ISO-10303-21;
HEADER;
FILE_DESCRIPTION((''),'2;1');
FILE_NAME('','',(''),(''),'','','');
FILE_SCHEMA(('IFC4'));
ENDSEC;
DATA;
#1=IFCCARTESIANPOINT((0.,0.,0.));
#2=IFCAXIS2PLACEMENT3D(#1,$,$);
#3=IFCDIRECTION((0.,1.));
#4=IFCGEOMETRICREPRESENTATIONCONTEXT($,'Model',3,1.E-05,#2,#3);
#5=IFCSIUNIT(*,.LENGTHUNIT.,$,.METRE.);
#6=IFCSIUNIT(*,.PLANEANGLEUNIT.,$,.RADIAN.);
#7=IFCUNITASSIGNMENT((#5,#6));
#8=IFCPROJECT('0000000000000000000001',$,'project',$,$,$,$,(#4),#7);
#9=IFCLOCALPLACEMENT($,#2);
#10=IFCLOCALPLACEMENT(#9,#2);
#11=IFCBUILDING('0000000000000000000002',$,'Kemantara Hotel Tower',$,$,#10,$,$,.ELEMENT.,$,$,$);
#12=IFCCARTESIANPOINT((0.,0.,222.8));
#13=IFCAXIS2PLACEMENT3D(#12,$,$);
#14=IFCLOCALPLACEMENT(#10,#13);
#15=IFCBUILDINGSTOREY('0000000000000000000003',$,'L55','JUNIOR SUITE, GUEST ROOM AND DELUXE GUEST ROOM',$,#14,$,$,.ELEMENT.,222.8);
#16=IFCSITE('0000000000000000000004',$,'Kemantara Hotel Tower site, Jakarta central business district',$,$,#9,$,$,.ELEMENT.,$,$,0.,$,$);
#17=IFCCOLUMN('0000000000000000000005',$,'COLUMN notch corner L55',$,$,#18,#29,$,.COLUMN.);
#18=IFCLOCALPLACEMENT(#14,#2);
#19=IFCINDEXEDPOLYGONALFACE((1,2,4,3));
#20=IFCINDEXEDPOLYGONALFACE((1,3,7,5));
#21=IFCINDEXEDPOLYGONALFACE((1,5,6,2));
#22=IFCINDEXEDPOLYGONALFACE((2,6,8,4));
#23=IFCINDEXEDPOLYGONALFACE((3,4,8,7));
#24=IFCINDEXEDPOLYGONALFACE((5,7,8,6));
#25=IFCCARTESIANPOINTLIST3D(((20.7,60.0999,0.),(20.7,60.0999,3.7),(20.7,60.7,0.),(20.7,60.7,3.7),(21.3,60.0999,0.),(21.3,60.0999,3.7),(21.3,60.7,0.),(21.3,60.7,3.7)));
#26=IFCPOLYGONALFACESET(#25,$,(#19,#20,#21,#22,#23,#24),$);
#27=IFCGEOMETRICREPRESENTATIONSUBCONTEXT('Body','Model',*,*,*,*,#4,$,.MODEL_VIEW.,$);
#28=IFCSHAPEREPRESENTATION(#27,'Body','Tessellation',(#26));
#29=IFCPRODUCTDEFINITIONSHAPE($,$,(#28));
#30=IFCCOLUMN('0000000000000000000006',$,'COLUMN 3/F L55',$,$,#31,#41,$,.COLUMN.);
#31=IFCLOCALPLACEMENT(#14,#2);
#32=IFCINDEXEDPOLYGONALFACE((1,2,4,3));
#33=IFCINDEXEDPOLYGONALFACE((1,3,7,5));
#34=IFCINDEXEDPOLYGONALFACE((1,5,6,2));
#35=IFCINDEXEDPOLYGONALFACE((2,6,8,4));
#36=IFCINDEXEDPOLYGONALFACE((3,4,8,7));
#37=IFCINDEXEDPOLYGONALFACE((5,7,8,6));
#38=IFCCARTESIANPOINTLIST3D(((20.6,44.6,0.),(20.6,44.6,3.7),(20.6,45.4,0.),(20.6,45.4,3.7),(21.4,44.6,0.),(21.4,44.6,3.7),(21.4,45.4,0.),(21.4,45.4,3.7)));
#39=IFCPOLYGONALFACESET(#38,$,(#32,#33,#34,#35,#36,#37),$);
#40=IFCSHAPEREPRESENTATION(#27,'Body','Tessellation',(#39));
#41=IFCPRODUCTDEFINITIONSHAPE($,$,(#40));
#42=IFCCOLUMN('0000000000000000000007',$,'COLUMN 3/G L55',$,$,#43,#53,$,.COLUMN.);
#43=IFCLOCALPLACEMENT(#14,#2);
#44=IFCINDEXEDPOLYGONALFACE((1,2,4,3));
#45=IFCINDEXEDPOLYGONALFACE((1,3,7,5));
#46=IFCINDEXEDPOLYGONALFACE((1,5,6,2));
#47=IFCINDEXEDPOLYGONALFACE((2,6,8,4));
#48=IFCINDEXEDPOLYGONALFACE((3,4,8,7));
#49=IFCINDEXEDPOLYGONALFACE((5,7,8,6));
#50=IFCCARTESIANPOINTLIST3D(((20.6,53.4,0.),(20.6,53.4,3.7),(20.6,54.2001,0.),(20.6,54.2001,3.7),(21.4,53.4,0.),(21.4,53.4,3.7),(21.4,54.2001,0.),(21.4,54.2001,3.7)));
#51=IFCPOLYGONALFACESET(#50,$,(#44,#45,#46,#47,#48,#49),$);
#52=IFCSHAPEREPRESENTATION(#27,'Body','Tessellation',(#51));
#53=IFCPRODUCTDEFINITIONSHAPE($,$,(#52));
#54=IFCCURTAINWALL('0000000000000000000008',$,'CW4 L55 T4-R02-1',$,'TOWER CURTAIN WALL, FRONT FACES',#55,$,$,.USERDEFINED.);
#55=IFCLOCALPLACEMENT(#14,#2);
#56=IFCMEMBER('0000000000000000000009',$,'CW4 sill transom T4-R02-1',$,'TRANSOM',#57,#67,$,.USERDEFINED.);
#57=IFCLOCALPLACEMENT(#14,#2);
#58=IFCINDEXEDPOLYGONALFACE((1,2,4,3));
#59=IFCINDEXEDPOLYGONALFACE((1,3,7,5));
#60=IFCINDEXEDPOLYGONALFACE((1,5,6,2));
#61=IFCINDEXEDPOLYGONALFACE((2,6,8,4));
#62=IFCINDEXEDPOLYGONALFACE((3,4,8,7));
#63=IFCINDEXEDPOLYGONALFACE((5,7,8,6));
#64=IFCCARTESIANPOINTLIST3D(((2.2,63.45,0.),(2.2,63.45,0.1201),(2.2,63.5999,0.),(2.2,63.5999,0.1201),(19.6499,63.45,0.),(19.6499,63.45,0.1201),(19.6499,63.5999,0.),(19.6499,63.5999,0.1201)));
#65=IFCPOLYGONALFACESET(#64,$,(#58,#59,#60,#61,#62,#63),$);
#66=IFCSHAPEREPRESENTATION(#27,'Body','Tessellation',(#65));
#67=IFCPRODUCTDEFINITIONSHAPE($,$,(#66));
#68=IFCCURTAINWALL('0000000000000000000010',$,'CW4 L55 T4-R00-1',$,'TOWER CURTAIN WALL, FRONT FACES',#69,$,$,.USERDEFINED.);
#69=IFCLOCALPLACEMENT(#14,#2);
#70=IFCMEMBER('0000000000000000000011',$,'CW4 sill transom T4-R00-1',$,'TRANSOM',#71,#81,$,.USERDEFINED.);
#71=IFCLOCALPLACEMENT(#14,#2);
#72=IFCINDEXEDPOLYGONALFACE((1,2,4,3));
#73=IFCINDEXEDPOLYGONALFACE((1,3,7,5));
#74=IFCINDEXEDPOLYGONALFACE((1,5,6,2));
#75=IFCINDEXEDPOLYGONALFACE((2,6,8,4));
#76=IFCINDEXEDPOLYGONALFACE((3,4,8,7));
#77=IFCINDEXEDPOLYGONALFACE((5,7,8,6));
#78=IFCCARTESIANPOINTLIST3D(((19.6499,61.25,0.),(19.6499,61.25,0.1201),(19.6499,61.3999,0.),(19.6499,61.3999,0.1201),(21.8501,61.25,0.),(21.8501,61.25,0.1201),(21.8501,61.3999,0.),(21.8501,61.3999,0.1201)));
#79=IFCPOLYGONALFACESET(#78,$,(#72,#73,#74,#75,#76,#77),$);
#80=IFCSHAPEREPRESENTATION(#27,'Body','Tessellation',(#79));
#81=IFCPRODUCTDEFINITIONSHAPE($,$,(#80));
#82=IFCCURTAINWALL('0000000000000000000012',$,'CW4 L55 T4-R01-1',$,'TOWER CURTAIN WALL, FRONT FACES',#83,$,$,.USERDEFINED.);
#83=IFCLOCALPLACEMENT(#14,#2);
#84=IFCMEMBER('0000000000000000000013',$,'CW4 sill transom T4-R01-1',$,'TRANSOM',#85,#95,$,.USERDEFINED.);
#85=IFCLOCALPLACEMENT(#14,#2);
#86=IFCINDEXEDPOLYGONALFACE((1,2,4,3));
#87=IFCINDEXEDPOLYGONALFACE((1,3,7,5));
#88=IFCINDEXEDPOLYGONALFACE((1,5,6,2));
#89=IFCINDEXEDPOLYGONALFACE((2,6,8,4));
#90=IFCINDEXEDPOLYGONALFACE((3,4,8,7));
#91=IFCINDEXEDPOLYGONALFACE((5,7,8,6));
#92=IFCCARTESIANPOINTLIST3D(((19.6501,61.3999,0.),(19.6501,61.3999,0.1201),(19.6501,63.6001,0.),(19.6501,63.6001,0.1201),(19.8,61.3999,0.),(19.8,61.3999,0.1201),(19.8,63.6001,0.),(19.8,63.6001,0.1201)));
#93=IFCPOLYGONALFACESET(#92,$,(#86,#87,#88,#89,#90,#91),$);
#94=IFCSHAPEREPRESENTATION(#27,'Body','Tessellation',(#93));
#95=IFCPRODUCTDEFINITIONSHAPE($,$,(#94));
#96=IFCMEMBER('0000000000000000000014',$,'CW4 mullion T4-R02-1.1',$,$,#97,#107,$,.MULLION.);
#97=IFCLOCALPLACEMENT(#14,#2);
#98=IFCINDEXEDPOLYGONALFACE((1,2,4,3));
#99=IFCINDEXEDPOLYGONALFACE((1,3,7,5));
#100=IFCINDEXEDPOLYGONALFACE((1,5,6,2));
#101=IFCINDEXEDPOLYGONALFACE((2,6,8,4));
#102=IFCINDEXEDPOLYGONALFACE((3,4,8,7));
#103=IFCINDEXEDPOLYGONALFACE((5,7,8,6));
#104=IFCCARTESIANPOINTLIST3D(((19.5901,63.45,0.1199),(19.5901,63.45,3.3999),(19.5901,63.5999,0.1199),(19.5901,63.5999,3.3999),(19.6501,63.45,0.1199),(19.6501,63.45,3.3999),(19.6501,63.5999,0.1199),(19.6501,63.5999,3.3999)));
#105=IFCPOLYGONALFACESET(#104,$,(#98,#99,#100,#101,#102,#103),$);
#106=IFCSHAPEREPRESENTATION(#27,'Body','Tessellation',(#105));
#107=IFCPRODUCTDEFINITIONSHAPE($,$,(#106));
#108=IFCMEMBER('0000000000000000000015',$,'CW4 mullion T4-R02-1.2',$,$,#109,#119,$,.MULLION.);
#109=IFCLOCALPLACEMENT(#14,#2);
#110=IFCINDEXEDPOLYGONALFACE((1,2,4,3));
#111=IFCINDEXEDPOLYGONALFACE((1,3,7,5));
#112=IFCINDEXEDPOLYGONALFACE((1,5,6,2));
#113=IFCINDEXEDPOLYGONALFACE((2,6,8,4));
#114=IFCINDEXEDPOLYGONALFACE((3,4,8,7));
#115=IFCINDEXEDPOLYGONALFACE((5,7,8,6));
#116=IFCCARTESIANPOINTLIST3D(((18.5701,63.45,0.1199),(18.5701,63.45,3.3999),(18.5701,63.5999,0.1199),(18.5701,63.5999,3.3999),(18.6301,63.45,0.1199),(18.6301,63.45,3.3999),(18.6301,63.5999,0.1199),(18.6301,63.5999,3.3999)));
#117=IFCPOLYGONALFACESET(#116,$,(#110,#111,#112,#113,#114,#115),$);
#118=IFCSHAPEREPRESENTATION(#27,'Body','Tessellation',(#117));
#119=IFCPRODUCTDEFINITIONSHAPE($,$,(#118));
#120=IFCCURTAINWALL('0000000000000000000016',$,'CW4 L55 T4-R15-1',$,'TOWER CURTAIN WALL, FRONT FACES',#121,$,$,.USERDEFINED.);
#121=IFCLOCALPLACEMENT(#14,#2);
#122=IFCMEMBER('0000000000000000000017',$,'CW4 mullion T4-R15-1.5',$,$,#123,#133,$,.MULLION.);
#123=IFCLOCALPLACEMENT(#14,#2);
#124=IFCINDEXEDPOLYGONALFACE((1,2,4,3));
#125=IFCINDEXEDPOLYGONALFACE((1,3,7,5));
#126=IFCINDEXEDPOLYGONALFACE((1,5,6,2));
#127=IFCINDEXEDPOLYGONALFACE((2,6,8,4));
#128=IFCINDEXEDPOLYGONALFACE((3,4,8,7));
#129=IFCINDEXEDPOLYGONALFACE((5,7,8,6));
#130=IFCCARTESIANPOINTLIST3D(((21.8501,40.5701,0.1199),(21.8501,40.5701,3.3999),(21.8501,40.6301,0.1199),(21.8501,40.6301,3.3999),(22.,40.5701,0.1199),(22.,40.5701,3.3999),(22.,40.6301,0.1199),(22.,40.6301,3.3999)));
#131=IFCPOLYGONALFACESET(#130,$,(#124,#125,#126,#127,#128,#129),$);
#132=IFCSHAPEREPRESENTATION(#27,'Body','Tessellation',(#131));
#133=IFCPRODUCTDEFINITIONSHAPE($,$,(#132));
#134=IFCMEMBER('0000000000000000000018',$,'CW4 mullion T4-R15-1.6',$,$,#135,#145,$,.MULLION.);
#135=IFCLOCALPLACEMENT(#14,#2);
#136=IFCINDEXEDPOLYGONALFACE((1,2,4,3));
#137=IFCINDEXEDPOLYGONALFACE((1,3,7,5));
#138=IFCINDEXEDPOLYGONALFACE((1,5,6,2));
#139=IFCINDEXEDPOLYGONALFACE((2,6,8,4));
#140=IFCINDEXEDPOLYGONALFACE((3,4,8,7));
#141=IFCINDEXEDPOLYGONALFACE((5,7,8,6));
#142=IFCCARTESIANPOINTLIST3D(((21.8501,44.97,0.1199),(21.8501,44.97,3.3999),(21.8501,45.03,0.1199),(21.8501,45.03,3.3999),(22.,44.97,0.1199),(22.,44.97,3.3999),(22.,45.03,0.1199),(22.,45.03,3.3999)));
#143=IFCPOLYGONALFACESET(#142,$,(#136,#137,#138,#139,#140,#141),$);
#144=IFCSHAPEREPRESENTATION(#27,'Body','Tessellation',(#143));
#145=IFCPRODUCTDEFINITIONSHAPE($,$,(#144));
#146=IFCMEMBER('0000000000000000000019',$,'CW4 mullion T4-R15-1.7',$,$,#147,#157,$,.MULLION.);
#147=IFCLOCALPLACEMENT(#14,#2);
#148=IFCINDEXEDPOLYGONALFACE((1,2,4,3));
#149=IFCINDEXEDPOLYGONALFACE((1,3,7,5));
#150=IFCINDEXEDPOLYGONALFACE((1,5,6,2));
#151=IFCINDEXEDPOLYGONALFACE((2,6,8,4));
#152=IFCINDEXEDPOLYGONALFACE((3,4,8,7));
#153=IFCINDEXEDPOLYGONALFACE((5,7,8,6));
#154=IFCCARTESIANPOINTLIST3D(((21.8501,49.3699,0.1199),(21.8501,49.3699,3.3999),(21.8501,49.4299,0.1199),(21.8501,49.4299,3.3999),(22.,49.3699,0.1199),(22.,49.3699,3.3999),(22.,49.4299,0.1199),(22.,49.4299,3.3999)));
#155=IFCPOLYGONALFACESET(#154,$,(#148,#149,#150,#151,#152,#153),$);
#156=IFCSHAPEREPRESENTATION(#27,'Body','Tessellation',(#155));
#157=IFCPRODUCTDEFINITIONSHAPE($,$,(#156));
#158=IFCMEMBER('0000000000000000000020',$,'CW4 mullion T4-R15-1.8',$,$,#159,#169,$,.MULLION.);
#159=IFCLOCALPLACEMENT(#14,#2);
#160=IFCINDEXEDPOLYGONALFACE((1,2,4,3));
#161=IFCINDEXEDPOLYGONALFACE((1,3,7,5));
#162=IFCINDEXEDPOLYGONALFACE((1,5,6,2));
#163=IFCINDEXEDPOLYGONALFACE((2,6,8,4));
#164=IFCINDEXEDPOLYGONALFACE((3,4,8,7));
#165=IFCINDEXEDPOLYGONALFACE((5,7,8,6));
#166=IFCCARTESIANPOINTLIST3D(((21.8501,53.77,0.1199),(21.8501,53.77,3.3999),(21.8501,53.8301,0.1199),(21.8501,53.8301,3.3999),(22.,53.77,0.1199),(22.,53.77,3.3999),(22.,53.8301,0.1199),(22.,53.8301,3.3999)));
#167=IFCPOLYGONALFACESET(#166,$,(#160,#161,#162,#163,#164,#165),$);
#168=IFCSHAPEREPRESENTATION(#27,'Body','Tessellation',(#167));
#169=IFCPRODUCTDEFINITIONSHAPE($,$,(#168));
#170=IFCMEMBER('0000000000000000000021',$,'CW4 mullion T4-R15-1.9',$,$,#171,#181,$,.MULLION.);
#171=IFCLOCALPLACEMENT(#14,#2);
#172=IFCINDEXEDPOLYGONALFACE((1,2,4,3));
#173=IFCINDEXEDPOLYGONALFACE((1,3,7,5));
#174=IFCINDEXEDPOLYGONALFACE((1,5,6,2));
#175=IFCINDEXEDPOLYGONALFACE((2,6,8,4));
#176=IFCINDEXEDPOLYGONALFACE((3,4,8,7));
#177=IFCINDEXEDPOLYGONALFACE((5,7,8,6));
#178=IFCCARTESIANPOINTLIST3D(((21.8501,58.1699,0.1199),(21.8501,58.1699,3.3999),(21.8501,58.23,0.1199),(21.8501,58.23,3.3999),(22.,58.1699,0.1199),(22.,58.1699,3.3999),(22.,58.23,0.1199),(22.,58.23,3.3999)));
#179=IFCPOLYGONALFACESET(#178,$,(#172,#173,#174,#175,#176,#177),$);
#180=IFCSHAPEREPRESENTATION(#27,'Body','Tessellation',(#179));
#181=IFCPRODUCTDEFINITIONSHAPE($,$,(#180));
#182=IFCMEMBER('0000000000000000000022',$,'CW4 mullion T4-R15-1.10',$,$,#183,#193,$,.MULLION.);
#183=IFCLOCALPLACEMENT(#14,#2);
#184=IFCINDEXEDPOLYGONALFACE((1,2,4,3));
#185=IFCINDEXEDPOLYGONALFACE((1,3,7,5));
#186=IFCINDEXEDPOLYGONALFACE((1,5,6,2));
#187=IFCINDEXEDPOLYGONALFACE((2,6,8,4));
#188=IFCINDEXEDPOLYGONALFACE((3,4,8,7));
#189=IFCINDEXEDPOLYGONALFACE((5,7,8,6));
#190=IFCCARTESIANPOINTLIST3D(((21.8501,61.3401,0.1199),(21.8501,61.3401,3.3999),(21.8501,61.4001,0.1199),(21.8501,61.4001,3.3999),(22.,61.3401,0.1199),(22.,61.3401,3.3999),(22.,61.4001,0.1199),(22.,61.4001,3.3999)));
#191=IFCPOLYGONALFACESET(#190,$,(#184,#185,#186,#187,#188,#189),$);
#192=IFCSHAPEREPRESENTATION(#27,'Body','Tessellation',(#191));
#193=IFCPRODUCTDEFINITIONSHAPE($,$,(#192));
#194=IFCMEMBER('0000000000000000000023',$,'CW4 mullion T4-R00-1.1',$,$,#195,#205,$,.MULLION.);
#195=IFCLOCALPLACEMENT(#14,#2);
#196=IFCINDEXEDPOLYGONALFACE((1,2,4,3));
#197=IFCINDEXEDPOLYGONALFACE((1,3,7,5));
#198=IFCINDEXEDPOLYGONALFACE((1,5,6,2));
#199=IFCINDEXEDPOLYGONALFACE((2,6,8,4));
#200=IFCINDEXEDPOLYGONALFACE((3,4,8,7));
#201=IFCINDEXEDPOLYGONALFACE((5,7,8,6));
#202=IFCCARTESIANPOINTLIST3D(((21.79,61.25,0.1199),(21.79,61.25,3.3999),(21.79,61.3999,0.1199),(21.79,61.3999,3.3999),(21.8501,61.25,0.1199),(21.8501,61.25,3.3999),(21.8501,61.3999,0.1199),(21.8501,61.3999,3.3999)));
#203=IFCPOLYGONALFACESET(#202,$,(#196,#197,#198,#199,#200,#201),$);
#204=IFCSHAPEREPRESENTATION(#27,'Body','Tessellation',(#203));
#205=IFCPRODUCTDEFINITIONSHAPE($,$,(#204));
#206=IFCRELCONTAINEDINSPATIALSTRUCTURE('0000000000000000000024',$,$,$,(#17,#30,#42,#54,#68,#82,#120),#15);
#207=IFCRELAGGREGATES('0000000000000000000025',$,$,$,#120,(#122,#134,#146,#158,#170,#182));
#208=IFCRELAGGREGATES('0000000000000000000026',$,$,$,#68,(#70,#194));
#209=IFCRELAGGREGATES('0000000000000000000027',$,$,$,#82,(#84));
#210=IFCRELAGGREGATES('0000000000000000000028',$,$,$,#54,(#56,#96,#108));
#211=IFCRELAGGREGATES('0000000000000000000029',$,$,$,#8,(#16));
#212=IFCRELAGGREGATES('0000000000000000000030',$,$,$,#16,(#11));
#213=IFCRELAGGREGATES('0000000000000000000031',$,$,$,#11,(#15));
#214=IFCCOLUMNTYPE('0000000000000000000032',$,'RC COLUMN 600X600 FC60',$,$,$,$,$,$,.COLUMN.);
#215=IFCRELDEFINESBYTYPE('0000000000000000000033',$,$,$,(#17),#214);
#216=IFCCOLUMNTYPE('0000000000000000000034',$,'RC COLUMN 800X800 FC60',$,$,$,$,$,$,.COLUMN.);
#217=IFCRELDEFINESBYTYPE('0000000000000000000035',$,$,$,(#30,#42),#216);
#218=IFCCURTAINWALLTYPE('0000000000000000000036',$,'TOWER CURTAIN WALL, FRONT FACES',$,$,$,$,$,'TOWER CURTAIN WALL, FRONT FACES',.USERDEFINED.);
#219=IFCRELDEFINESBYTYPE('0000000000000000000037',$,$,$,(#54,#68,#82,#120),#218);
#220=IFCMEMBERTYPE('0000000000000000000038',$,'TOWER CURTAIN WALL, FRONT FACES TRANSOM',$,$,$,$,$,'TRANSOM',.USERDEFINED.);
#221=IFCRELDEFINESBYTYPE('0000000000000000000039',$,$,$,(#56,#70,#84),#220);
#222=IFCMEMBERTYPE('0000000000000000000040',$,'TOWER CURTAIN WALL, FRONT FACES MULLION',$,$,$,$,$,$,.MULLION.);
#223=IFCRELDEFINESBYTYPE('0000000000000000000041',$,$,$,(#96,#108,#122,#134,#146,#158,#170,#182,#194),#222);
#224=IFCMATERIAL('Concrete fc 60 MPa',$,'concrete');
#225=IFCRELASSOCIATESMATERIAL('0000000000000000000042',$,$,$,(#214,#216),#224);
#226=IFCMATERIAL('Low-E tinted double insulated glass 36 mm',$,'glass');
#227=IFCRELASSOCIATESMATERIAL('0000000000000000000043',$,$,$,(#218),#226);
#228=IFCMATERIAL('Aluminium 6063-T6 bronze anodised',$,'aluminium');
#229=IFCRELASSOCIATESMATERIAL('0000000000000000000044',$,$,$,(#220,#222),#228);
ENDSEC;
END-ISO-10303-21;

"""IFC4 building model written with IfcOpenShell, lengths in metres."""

from ifc_helpers import new_model, si_unit, direction, frame, origin, origin_2d, place, context, subcontext, project, spatial, rectangle, extrude, source, transform, mapped, material, material_profile, profile_set, type_object, element, aggregate, save


model = new_model("IFC4")

# Units and contexts
model_context = context("Model", 3, precision=1e-05, world=origin(), true_north=direction((0.0, 1.0)))
body_context = subcontext(model_context, "Body", "Model", "MODEL_VIEW")
ifc_project = project(units=[si_unit("LENGTHUNIT", "METRE"), si_unit("PLANEANGLEUNIT", "RADIAN")], contexts=[model_context])

# Site, building, storey
site_placement = place(None, origin())
site = spatial("IfcSite", under=ifc_project, at=site_placement, Name="Kemantara Hotel Tower site, Jakarta central business district", CompositionType="ELEMENT", RefElevation=0.0)
building_placement = place(site_placement, origin())
building = spatial("IfcBuilding", under=site, at=building_placement, Name="Kemantara Hotel Tower", CompositionType="ELEMENT")
storey_placement = place(building_placement, frame((0.0, 0.0, 222.8)))
storey = spatial("IfcBuildingStorey", under=building, at=storey_placement, Name="L55", Description="JUNIOR SUITE, GUEST ROOM AND DELUXE GUEST ROOM", CompositionType="ELEMENT", Elevation=222.8)

# Columns
ifc_material_1 = material(Name="Concrete fc 60 MPa", Category="concrete")
ifc_material_profile_1 = material_profile(ifc_material_1, rectangle(XDim=0.6001, YDim=0.6001, at=origin_2d()), Name="RC 600X600")
ifc_profile_set_1 = profile_set([ifc_material_profile_1], Name="Concrete fc 60 MPa")
column_type_1 = type_object("IfcColumnType", Name="RC COLUMN 600X600 FC60", PredefinedType="COLUMN", material=ifc_profile_set_1)
column_placement = place(storey_placement, frame((21.0, 60.3999, 0.0), z_axis=(0.0, 0.0, 1.0), x_axis=(1.0, 0.0, 0.0)))
element("IfcColumn", 1, at=column_placement, inside=storey, type_object=column_type_1, Name="COLUMN notch corner L55", PredefinedType="COLUMN", context=body_context, shape_type="SweptSolid", body=[
    extrude(rectangle(XDim=0.6001, YDim=0.6001, at=origin_2d()), origin(), (0.0, 0.0, 1.0), 3.7),
])
ifc_material_profile_2 = material_profile(ifc_material_1, rectangle(XDim=0.8, YDim=0.8, at=origin_2d()), Name="RC 800X800")
ifc_profile_set_2 = profile_set([ifc_material_profile_2], Name="Concrete fc 60 MPa")
column_type_2 = type_object("IfcColumnType", Name="RC COLUMN 800X800 FC60", PredefinedType="COLUMN", material=ifc_profile_set_2)
for number, where, z_axis, x_axis, name in (
    (2, (21.0, 45.0, 0.0), (0.0, 0.0, 1.0), (1.0, 0.0, 0.0), "COLUMN 3/F L55"),
    (3, (21.0, 53.8, 0.0), (0.0, 0.0, 1.0), (1.0, 0.0, 0.0), "COLUMN 3/G L55"),
):
    element("IfcColumn", number, at=place(storey_placement, frame(where, z_axis=z_axis, x_axis=x_axis)), inside=storey, type_object=column_type_2, Name=name, PredefinedType="COLUMN", context=body_context, shape_type="SweptSolid", body=[
        extrude(rectangle(XDim=0.8, YDim=0.8, at=origin_2d()), origin(), (0.0, 0.0, 1.0), 3.7),
    ])

# Curtain walls, members
ifc_material_2 = material(Name="Low-E tinted double insulated glass 36 mm", Category="glass")
curtain_wall_type = type_object("IfcCurtainWallType", Name="TOWER CURTAIN WALL, FRONT FACES", ElementType="TOWER CURTAIN WALL, FRONT FACES", PredefinedType="USERDEFINED", material=ifc_material_2)
curtain_wall_1_placement = place(storey_placement, origin())
curtain_wall_1 = element("IfcCurtainWall", 4, at=curtain_wall_1_placement, inside=storey, type_object=curtain_wall_type, Name="CW4 L55 T4-R02-1", ObjectType="TOWER CURTAIN WALL, FRONT FACES", PredefinedType="USERDEFINED")
ifc_material_3 = material(Name="Aluminium 6063-T6 bronze anodised", Category="aluminium")
ifc_material_profile_3 = material_profile(ifc_material_3, rectangle(XDim=0.1499, YDim=0.1201, at=origin_2d()), Name="TOWER CURTAIN WALL, FRONT FACES TRANSOM")
ifc_profile_set_3 = profile_set([ifc_material_profile_3], Name="Aluminium 6063-T6 bronze anodised")
member_type_1 = type_object("IfcMemberType", Name="TOWER CURTAIN WALL, FRONT FACES TRANSOM", ElementType="TRANSOM", PredefinedType="USERDEFINED", material=ifc_profile_set_3)
member_1_placement = place(storey_placement, frame((19.6499, 63.5249, 0.0601), z_axis=(-1.0, 0.0, 0.0), x_axis=(0.0, -1.0, 0.0)))
member_1 = element("IfcMember", 5, at=member_1_placement, type_object=member_type_1, Name="CW4 sill transom T4-R02-1", ObjectType="TRANSOM", PredefinedType="USERDEFINED", context=body_context, shape_type="SweptSolid", body=[
    extrude(rectangle(XDim=0.1499, YDim=0.1201, at=origin_2d()), origin(), (0.0, 0.0, 1.0), 17.45),
])
curtain_wall_2_placement = place(storey_placement, origin())
curtain_wall_2 = element("IfcCurtainWall", 6, at=curtain_wall_2_placement, inside=storey, type_object=curtain_wall_type, Name="CW4 L55 T4-R00-1", ObjectType="TOWER CURTAIN WALL, FRONT FACES", PredefinedType="USERDEFINED")
member_2_placement = place(storey_placement, frame((21.8501, 61.325, 0.0601), z_axis=(-1.0, 0.0, 0.0), x_axis=(0.0, -1.0, 0.0)))
member_2 = element("IfcMember", 7, at=member_2_placement, type_object=member_type_1, Name="CW4 sill transom T4-R00-1", ObjectType="TRANSOM", PredefinedType="USERDEFINED", context=body_context, shape_type="SweptSolid", body=[
    extrude(rectangle(XDim=0.1499, YDim=0.1201, at=origin_2d()), origin(), (0.0, 0.0, 1.0), 2.2002),
])
curtain_wall_3_placement = place(storey_placement, origin())
curtain_wall_3 = element("IfcCurtainWall", 8, at=curtain_wall_3_placement, inside=storey, type_object=curtain_wall_type, Name="CW4 L55 T4-R01-1", ObjectType="TOWER CURTAIN WALL, FRONT FACES", PredefinedType="USERDEFINED")
member_3_placement = place(storey_placement, frame((19.7251, 61.3999, 0.0601), z_axis=(0.0, 1.0, 0.0), x_axis=(-1.0, 0.0, 0.0)))
member_3 = element("IfcMember", 9, at=member_3_placement, type_object=member_type_1, Name="CW4 sill transom T4-R01-1", ObjectType="TRANSOM", PredefinedType="USERDEFINED", context=body_context, shape_type="SweptSolid", body=[
    extrude(rectangle(XDim=0.1499, YDim=0.1201, at=origin_2d()), origin(), (0.0, 0.0, 1.0), 2.2002),
])

# Members
ifc_material_profile_4 = material_profile(ifc_material_3, rectangle(XDim=0.1499, YDim=0.0601, at=origin_2d()), Name="TOWER CURTAIN WALL, FRONT FACES MULLION")
ifc_profile_set_4 = profile_set([ifc_material_profile_4], Name="Aluminium 6063-T6 bronze anodised")
member_type_2 = type_object("IfcMemberType", Name="TOWER CURTAIN WALL, FRONT FACES MULLION", PredefinedType="MULLION", material=ifc_profile_set_4)
shared_shape_1 = source(origin(), body_context, "Body", "SweptSolid", [
    extrude(rectangle(XDim=0.1499, YDim=0.0601, at=origin_2d()), origin(), (0.0, 0.0, 1.0), 3.28),
])
member_4_placement = place(storey_placement, frame((19.6201, 63.5249, 0.1199), z_axis=(0.0, 0.0, 1.0), x_axis=(0.0, -1.0, 0.0)))
member_4 = element("IfcMember", 10, at=member_4_placement, type_object=member_type_2, Name="CW4 mullion T4-R02-1.1", PredefinedType="MULLION", context=body_context, shape_type="MappedRepresentation", body=[
    mapped(shared_shape_1, transform((0.0, 0.0, 0.0))),
])
member_5_placement = place(storey_placement, frame((18.6001, 63.5249, 0.1199), z_axis=(0.0, 0.0, 1.0), x_axis=(0.0, -1.0, 0.0)))
member_5 = element("IfcMember", 11, at=member_5_placement, type_object=member_type_2, Name="CW4 mullion T4-R02-1.2", PredefinedType="MULLION", context=body_context, shape_type="MappedRepresentation", body=[
    mapped(shared_shape_1, transform((0.0, 0.0, 0.0))),
])

# Curtain wall, members
curtain_wall_4_placement = place(storey_placement, origin())
curtain_wall_4 = element("IfcCurtainWall", 12, at=curtain_wall_4_placement, inside=storey, type_object=curtain_wall_type, Name="CW4 L55 T4-R15-1", ObjectType="TOWER CURTAIN WALL, FRONT FACES", PredefinedType="USERDEFINED")
member_6_placement = place(storey_placement, frame((21.925, 40.6001, 0.1199), z_axis=(0.0, 0.0, 1.0), x_axis=(-1.0, 0.0, 0.0)))
member_6 = element("IfcMember", 13, at=member_6_placement, type_object=member_type_2, Name="CW4 mullion T4-R15-1.5", PredefinedType="MULLION", context=body_context, shape_type="MappedRepresentation", body=[
    mapped(shared_shape_1, transform((0.0, 0.0, 0.0))),
])
member_7_placement = place(storey_placement, frame((21.925, 45.0, 0.1199), z_axis=(0.0, 0.0, 1.0), x_axis=(-1.0, 0.0, 0.0)))
member_7 = element("IfcMember", 14, at=member_7_placement, type_object=member_type_2, Name="CW4 mullion T4-R15-1.6", PredefinedType="MULLION", context=body_context, shape_type="MappedRepresentation", body=[
    mapped(shared_shape_1, transform((0.0, 0.0, 0.0))),
])
member_8_placement = place(storey_placement, frame((21.925, 49.3999, 0.1199), z_axis=(0.0, 0.0, 1.0), x_axis=(-1.0, 0.0, 0.0)))
member_8 = element("IfcMember", 15, at=member_8_placement, type_object=member_type_2, Name="CW4 mullion T4-R15-1.7", PredefinedType="MULLION", context=body_context, shape_type="MappedRepresentation", body=[
    mapped(shared_shape_1, transform((0.0, 0.0, 0.0))),
])
member_9_placement = place(storey_placement, frame((21.925, 53.8, 0.1199), z_axis=(0.0, 0.0, 1.0), x_axis=(-1.0, 0.0, 0.0)))
member_9 = element("IfcMember", 16, at=member_9_placement, type_object=member_type_2, Name="CW4 mullion T4-R15-1.8", PredefinedType="MULLION", context=body_context, shape_type="MappedRepresentation", body=[
    mapped(shared_shape_1, transform((0.0, 0.0, 0.0))),
])
member_10_placement = place(storey_placement, frame((21.925, 58.2, 0.1199), z_axis=(0.0, 0.0, 1.0), x_axis=(-1.0, 0.0, 0.0)))
member_10 = element("IfcMember", 17, at=member_10_placement, type_object=member_type_2, Name="CW4 mullion T4-R15-1.9", PredefinedType="MULLION", context=body_context, shape_type="MappedRepresentation", body=[
    mapped(shared_shape_1, transform((0.0, 0.0, 0.0))),
])
member_11_placement = place(storey_placement, frame((21.925, 61.3701, 0.1199), z_axis=(0.0, 0.0, 1.0), x_axis=(-1.0, 0.0, 0.0)))
member_11 = element("IfcMember", 18, at=member_11_placement, type_object=member_type_2, Name="CW4 mullion T4-R15-1.10", PredefinedType="MULLION", context=body_context, shape_type="MappedRepresentation", body=[
    mapped(shared_shape_1, transform((0.0, 0.0, 0.0))),
])

# Member
member_12_placement = place(storey_placement, frame((21.8201, 61.325, 0.1199), z_axis=(0.0, 0.0, 1.0), x_axis=(0.0, -1.0, 0.0)))
member_12 = element("IfcMember", 19, at=member_12_placement, type_object=member_type_2, Name="CW4 mullion T4-R00-1.1", PredefinedType="MULLION", context=body_context, shape_type="MappedRepresentation", body=[
    mapped(shared_shape_1, transform((0.0, 0.0, 0.0))),
])

aggregate(curtain_wall_4, [member_6, member_7, member_8, member_9, member_10, member_11])
aggregate(curtain_wall_2, [member_2, member_12])
aggregate(curtain_wall_3, [member_3])
aggregate(curtain_wall_1, [member_1, member_4, member_5])

save(model, "model.ifc")
